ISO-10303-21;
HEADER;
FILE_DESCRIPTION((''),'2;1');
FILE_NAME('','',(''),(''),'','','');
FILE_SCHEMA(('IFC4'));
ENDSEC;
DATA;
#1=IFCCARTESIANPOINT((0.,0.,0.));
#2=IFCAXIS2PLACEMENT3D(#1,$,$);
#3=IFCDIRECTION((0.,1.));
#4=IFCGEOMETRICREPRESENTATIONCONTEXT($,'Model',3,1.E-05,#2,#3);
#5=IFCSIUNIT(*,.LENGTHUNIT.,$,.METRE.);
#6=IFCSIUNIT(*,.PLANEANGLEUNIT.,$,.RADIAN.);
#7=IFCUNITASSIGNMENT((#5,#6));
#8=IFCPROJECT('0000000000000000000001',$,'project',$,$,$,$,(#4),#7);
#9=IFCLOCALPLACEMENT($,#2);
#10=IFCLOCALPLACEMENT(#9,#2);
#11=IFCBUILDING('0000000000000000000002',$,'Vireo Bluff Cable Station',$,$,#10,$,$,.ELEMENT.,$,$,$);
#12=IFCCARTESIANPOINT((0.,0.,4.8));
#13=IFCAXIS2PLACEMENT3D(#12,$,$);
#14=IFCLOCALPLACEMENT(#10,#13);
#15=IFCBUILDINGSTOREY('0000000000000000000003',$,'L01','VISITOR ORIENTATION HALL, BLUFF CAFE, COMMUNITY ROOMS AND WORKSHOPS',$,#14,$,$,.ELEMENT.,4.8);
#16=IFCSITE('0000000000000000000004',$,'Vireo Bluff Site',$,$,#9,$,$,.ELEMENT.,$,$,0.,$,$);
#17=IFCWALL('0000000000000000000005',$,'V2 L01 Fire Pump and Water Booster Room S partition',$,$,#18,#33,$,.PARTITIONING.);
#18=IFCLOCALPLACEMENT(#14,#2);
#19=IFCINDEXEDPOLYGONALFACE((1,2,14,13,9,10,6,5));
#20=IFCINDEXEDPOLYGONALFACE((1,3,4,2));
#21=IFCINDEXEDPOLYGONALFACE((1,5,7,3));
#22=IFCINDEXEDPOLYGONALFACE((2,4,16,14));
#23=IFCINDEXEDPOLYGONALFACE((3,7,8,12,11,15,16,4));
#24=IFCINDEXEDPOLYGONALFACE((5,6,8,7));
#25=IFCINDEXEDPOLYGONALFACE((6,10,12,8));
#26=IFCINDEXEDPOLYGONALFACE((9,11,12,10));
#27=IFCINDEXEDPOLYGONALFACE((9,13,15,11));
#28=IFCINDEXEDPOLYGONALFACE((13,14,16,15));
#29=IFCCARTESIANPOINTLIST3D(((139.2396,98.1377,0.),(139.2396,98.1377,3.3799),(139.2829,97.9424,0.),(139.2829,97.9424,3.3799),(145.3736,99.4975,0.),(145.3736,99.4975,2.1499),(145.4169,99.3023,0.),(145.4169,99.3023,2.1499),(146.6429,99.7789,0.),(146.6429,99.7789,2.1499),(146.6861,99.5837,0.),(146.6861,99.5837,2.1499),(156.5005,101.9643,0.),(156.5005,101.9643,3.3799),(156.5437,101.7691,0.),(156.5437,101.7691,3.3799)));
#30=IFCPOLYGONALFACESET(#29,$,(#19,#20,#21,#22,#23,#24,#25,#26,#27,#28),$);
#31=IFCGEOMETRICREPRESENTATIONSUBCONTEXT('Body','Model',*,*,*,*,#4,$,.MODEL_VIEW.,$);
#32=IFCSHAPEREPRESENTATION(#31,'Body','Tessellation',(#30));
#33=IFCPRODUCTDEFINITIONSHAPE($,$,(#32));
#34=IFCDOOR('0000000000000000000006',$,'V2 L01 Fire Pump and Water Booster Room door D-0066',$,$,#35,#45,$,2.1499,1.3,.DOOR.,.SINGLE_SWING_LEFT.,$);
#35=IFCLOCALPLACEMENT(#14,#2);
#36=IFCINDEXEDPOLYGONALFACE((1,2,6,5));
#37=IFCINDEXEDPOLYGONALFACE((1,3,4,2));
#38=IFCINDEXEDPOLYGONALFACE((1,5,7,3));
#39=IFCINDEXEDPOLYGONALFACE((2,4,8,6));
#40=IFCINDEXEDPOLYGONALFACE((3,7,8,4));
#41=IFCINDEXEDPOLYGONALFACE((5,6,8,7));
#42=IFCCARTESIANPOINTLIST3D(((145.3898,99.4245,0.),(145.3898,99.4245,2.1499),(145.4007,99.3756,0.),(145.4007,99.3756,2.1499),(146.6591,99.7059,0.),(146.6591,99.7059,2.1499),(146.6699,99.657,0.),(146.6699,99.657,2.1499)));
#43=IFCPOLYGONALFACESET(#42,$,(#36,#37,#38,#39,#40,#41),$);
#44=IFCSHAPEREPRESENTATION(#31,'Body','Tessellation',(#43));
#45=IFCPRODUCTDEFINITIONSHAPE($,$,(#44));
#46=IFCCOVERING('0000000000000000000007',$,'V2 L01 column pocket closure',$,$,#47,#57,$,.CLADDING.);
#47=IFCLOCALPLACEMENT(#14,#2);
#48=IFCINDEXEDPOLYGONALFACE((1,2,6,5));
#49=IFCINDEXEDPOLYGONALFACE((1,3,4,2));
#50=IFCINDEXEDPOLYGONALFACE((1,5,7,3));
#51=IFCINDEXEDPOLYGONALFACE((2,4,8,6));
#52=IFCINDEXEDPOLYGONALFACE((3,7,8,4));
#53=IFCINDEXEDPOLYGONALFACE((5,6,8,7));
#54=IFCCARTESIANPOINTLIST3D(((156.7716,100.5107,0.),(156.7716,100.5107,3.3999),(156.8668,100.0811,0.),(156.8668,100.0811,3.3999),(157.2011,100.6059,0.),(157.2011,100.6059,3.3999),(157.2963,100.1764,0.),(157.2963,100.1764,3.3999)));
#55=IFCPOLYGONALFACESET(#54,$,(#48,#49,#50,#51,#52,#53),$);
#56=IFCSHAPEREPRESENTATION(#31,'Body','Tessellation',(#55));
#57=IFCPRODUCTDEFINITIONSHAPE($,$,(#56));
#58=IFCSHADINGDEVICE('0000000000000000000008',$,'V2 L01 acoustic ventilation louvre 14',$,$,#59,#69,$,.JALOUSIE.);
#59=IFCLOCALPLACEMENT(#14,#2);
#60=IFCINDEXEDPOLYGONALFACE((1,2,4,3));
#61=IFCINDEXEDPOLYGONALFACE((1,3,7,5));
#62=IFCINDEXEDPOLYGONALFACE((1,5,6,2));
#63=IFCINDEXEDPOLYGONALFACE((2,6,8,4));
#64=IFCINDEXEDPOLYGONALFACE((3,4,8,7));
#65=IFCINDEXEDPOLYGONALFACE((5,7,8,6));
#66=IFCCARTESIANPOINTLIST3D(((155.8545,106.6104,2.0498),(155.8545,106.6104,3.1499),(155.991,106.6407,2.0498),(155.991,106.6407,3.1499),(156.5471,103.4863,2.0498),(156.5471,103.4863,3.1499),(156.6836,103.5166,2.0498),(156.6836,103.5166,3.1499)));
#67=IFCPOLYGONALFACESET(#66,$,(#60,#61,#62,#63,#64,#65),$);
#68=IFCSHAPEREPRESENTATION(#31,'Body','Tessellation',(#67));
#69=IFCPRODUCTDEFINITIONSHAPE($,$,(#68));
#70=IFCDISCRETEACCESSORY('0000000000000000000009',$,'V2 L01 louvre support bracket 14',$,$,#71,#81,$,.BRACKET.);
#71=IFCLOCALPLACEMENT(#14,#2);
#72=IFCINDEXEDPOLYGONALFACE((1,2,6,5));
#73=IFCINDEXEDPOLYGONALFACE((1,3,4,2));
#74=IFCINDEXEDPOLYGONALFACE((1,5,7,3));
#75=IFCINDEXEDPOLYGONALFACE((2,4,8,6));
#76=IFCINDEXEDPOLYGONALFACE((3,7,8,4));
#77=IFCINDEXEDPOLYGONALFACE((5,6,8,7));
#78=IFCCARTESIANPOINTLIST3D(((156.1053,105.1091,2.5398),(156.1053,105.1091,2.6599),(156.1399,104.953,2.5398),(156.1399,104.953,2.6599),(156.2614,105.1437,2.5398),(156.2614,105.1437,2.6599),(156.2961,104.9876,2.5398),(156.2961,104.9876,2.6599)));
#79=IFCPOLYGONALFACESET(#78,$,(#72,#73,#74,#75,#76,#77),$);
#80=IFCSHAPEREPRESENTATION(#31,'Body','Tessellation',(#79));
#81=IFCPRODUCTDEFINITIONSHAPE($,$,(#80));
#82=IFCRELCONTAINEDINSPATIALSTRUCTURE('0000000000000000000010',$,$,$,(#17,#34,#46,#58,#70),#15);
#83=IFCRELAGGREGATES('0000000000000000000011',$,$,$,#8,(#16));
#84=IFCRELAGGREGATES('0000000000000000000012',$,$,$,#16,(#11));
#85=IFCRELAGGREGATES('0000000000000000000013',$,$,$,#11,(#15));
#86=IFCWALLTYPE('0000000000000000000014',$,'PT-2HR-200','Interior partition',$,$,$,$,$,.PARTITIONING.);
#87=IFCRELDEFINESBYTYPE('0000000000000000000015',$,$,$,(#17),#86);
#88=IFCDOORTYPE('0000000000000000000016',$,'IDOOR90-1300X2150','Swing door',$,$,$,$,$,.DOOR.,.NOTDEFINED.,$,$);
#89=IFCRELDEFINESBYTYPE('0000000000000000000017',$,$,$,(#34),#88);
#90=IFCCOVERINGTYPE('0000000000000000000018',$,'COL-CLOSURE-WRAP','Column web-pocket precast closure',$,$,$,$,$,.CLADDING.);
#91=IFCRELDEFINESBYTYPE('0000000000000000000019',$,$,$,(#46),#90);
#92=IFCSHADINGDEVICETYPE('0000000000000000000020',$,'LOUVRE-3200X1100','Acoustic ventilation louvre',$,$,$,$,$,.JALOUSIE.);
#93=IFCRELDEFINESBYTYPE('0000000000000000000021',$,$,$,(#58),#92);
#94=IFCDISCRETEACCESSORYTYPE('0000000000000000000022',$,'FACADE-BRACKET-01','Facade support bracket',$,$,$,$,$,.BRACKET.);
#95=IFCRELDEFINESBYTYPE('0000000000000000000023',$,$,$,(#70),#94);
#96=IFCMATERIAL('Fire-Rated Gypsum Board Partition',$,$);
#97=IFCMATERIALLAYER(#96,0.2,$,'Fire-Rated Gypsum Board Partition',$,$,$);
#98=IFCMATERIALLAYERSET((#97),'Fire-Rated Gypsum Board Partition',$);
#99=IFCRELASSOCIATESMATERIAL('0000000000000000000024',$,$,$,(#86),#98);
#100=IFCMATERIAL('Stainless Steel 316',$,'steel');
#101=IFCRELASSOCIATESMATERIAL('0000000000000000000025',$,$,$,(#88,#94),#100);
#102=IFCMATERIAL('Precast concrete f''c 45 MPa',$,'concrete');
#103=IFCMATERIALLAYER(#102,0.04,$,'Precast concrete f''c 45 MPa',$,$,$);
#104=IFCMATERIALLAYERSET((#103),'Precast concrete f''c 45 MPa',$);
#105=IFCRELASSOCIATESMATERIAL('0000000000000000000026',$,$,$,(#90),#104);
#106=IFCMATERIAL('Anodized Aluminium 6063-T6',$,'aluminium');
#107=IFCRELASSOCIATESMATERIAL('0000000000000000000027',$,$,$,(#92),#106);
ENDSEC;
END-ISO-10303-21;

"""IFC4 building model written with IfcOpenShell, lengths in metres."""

from ifc_helpers import new_model, si_unit, direction, frame, frame_2d, origin, origin_with_axes, origin_2d, place, context, subcontext, project, spatial, rectangle, extrude, material, layer, layer_set, type_object, element, fill, save


model = new_model("IFC4")

# Units and contexts
model_context = context("Model", 3, precision=1e-05, world=origin(), true_north=direction((0.0, 1.0)))
body_context = subcontext(model_context, "Body", "Model", "MODEL_VIEW")
ifc_project = project(units=[si_unit("LENGTHUNIT", "METRE"), si_unit("PLANEANGLEUNIT", "RADIAN")], contexts=[model_context])

# Site, building, storey
site_placement = place(None, origin())
site = spatial("IfcSite", under=ifc_project, at=site_placement, Name="Vireo Bluff Site", CompositionType="ELEMENT", RefElevation=0.0)
building_placement = place(site_placement, origin())
building = spatial("IfcBuilding", under=site, at=building_placement, Name="Vireo Bluff Cable Station", CompositionType="ELEMENT")
storey_placement = place(building_placement, frame((0.0, 0.0, 4.8)))
storey = spatial("IfcBuildingStorey", under=building, at=storey_placement, Name="L01", Description="VISITOR ORIENTATION HALL, BLUFF CAFE, COMMUNITY ROOMS AND WORKSHOPS", CompositionType="ELEMENT", Elevation=4.8)

# Shared definitions
ifc_material_1 = material(Name="Anodized Aluminium 6063-T6", Category="aluminium")

# Wall, opening, door
ifc_material_2 = material(Name="Fire-Rated Gypsum Board Partition")
ifc_layer_1 = layer(ifc_material_2, 0.2, Name="Fire-Rated Gypsum Board Partition")
ifc_layer_set_1 = layer_set([ifc_layer_1], Name="Fire-Rated Gypsum Board Partition")
wall_type = type_object("IfcWallType", Name="PT-2HR-200", Description="Interior partition", PredefinedType="PARTITIONING", material=ifc_layer_set_1)
wall_placement = place(storey_placement, frame((156.522, 101.8667, 0.0), z_axis=(0.0, 0.0, 1.0), x_axis=(-0.976295, -0.216442, 0.0)))
wall = element("IfcWall", 1, at=wall_placement, inside=storey, type_object=wall_type, Name="V2 L01 Fire Pump and Water Booster Room S partition", PredefinedType="PARTITIONING", context=body_context, shape_type="SweptSolid", body=[
    extrude(rectangle(XDim=17.6799, YDim=0.2, at=frame_2d((8.8398, 0.0))), origin(), (0.0, 0.0, 1.0), 3.3799),
])
opening_placement = place(wall_placement, frame((10.0969, 0.0, 0.0)))
opening = element("IfcOpeningElement", 2, at=opening_placement, cuts=wall, PredefinedType="OPENING", context=body_context, shape_type="SweptSolid", body=[
    extrude(rectangle(XDim=1.3, YDim=2.1499, at=frame_2d((0.6499, 1.075))), frame((0.0, 0.1099, 0.0), z_axis=(0.0, -1.0, 0.0), x_axis=(1.0, 0.0, 0.0)), (0.0, 0.0, 1.0), 0.22),
])
ifc_material_3 = material(Name="Stainless Steel 316", Category="steel")
door_type = type_object("IfcDoorType", Name="IDOOR90-1300X2150", Description="Swing door", OperationType="NOTDEFINED", PredefinedType="DOOR", material=ifc_material_3)
door_placement = place(opening_placement, origin_with_axes())
door = element("IfcDoor", 3, at=door_placement, inside=storey, type_object=door_type, Name="V2 L01 Fire Pump and Water Booster Room door D-0066", OperationType="SINGLE_SWING_LEFT", OverallHeight=2.1499, OverallWidth=1.3, PredefinedType="DOOR", context=body_context, shape_type="SweptSolid", body=[
    extrude(rectangle(XDim=1.3, YDim=2.1499, at=frame_2d((0.6499, 1.075))), frame((0.0, 0.0249, 0.0), z_axis=(0.0, -1.0, 0.0), x_axis=(1.0, 0.0, 0.0)), (0.0, 0.0, 1.0), 0.05),
])
fill(opening, door)

# Covering
ifc_material_4 = material(Name="Precast concrete f'c 45 MPa", Category="concrete")
ifc_layer_2 = layer(ifc_material_4, 0.04, Name="Precast concrete f'c 45 MPa")
ifc_layer_set_2 = layer_set([ifc_layer_2], Name="Precast concrete f'c 45 MPa")
covering_type = type_object("IfcCoveringType", Name="COL-CLOSURE-WRAP", Description="Column web-pocket precast closure", PredefinedType="CLADDING", material=ifc_layer_set_2)
covering_placement = place(storey_placement, frame((157.0339, 100.3435, 0.0), z_axis=(0.0, 0.0, 1.0), x_axis=(0.976296, 0.21644, 0.0)))
element("IfcCovering", 4, at=covering_placement, inside=storey, type_object=covering_type, Name="V2 L01 column pocket closure", PredefinedType="CLADDING", context=body_context, shape_type="SweptSolid", body=[
    extrude(rectangle(XDim=0.4399, YDim=0.4399, at=origin_2d()), origin(), (0.0, 0.0, 1.0), 3.3999),
])

# Shading device
shading_device_type = type_object("IfcShadingDeviceType", Name="LOUVRE-3200X1100", Description="Acoustic ventilation louvre", PredefinedType="JALOUSIE", material=ifc_material_1)
shading_device_placement = place(storey_placement, frame((156.269, 105.0635, 2.0498), z_axis=(0.0, 0.0, 1.0), x_axis=(0.21644, -0.976296, 0.0)))
element("IfcShadingDevice", 5, at=shading_device_placement, inside=storey, type_object=shading_device_type, Name="V2 L01 acoustic ventilation louvre 14", PredefinedType="JALOUSIE", context=body_context, shape_type="SweptSolid", body=[
    extrude(rectangle(XDim=3.2, YDim=0.1399, at=origin_2d()), origin(), (0.0, 0.0, 1.0), 1.1001),
])

# Discrete accessory
discrete_accessory_type = type_object("IfcDiscreteAccessoryType", Name="FACADE-BRACKET-01", Description="Facade support bracket", PredefinedType="BRACKET", material=ifc_material_3)
discrete_accessory_placement = place(storey_placement, frame((156.2007, 105.0483, 2.5398), z_axis=(0.0, 0.0, 1.0), x_axis=(0.21644, -0.976296, 0.0)))
element("IfcDiscreteAccessory", 6, at=discrete_accessory_placement, inside=storey, type_object=discrete_accessory_type, Name="V2 L01 louvre support bracket 14", PredefinedType="BRACKET", context=body_context, shape_type="SweptSolid", body=[
    extrude(rectangle(XDim=0.1599, YDim=0.1599, at=origin_2d()), origin(), (0.0, 0.0, 1.0), 0.1201),
])

save(model, "model.ifc")
